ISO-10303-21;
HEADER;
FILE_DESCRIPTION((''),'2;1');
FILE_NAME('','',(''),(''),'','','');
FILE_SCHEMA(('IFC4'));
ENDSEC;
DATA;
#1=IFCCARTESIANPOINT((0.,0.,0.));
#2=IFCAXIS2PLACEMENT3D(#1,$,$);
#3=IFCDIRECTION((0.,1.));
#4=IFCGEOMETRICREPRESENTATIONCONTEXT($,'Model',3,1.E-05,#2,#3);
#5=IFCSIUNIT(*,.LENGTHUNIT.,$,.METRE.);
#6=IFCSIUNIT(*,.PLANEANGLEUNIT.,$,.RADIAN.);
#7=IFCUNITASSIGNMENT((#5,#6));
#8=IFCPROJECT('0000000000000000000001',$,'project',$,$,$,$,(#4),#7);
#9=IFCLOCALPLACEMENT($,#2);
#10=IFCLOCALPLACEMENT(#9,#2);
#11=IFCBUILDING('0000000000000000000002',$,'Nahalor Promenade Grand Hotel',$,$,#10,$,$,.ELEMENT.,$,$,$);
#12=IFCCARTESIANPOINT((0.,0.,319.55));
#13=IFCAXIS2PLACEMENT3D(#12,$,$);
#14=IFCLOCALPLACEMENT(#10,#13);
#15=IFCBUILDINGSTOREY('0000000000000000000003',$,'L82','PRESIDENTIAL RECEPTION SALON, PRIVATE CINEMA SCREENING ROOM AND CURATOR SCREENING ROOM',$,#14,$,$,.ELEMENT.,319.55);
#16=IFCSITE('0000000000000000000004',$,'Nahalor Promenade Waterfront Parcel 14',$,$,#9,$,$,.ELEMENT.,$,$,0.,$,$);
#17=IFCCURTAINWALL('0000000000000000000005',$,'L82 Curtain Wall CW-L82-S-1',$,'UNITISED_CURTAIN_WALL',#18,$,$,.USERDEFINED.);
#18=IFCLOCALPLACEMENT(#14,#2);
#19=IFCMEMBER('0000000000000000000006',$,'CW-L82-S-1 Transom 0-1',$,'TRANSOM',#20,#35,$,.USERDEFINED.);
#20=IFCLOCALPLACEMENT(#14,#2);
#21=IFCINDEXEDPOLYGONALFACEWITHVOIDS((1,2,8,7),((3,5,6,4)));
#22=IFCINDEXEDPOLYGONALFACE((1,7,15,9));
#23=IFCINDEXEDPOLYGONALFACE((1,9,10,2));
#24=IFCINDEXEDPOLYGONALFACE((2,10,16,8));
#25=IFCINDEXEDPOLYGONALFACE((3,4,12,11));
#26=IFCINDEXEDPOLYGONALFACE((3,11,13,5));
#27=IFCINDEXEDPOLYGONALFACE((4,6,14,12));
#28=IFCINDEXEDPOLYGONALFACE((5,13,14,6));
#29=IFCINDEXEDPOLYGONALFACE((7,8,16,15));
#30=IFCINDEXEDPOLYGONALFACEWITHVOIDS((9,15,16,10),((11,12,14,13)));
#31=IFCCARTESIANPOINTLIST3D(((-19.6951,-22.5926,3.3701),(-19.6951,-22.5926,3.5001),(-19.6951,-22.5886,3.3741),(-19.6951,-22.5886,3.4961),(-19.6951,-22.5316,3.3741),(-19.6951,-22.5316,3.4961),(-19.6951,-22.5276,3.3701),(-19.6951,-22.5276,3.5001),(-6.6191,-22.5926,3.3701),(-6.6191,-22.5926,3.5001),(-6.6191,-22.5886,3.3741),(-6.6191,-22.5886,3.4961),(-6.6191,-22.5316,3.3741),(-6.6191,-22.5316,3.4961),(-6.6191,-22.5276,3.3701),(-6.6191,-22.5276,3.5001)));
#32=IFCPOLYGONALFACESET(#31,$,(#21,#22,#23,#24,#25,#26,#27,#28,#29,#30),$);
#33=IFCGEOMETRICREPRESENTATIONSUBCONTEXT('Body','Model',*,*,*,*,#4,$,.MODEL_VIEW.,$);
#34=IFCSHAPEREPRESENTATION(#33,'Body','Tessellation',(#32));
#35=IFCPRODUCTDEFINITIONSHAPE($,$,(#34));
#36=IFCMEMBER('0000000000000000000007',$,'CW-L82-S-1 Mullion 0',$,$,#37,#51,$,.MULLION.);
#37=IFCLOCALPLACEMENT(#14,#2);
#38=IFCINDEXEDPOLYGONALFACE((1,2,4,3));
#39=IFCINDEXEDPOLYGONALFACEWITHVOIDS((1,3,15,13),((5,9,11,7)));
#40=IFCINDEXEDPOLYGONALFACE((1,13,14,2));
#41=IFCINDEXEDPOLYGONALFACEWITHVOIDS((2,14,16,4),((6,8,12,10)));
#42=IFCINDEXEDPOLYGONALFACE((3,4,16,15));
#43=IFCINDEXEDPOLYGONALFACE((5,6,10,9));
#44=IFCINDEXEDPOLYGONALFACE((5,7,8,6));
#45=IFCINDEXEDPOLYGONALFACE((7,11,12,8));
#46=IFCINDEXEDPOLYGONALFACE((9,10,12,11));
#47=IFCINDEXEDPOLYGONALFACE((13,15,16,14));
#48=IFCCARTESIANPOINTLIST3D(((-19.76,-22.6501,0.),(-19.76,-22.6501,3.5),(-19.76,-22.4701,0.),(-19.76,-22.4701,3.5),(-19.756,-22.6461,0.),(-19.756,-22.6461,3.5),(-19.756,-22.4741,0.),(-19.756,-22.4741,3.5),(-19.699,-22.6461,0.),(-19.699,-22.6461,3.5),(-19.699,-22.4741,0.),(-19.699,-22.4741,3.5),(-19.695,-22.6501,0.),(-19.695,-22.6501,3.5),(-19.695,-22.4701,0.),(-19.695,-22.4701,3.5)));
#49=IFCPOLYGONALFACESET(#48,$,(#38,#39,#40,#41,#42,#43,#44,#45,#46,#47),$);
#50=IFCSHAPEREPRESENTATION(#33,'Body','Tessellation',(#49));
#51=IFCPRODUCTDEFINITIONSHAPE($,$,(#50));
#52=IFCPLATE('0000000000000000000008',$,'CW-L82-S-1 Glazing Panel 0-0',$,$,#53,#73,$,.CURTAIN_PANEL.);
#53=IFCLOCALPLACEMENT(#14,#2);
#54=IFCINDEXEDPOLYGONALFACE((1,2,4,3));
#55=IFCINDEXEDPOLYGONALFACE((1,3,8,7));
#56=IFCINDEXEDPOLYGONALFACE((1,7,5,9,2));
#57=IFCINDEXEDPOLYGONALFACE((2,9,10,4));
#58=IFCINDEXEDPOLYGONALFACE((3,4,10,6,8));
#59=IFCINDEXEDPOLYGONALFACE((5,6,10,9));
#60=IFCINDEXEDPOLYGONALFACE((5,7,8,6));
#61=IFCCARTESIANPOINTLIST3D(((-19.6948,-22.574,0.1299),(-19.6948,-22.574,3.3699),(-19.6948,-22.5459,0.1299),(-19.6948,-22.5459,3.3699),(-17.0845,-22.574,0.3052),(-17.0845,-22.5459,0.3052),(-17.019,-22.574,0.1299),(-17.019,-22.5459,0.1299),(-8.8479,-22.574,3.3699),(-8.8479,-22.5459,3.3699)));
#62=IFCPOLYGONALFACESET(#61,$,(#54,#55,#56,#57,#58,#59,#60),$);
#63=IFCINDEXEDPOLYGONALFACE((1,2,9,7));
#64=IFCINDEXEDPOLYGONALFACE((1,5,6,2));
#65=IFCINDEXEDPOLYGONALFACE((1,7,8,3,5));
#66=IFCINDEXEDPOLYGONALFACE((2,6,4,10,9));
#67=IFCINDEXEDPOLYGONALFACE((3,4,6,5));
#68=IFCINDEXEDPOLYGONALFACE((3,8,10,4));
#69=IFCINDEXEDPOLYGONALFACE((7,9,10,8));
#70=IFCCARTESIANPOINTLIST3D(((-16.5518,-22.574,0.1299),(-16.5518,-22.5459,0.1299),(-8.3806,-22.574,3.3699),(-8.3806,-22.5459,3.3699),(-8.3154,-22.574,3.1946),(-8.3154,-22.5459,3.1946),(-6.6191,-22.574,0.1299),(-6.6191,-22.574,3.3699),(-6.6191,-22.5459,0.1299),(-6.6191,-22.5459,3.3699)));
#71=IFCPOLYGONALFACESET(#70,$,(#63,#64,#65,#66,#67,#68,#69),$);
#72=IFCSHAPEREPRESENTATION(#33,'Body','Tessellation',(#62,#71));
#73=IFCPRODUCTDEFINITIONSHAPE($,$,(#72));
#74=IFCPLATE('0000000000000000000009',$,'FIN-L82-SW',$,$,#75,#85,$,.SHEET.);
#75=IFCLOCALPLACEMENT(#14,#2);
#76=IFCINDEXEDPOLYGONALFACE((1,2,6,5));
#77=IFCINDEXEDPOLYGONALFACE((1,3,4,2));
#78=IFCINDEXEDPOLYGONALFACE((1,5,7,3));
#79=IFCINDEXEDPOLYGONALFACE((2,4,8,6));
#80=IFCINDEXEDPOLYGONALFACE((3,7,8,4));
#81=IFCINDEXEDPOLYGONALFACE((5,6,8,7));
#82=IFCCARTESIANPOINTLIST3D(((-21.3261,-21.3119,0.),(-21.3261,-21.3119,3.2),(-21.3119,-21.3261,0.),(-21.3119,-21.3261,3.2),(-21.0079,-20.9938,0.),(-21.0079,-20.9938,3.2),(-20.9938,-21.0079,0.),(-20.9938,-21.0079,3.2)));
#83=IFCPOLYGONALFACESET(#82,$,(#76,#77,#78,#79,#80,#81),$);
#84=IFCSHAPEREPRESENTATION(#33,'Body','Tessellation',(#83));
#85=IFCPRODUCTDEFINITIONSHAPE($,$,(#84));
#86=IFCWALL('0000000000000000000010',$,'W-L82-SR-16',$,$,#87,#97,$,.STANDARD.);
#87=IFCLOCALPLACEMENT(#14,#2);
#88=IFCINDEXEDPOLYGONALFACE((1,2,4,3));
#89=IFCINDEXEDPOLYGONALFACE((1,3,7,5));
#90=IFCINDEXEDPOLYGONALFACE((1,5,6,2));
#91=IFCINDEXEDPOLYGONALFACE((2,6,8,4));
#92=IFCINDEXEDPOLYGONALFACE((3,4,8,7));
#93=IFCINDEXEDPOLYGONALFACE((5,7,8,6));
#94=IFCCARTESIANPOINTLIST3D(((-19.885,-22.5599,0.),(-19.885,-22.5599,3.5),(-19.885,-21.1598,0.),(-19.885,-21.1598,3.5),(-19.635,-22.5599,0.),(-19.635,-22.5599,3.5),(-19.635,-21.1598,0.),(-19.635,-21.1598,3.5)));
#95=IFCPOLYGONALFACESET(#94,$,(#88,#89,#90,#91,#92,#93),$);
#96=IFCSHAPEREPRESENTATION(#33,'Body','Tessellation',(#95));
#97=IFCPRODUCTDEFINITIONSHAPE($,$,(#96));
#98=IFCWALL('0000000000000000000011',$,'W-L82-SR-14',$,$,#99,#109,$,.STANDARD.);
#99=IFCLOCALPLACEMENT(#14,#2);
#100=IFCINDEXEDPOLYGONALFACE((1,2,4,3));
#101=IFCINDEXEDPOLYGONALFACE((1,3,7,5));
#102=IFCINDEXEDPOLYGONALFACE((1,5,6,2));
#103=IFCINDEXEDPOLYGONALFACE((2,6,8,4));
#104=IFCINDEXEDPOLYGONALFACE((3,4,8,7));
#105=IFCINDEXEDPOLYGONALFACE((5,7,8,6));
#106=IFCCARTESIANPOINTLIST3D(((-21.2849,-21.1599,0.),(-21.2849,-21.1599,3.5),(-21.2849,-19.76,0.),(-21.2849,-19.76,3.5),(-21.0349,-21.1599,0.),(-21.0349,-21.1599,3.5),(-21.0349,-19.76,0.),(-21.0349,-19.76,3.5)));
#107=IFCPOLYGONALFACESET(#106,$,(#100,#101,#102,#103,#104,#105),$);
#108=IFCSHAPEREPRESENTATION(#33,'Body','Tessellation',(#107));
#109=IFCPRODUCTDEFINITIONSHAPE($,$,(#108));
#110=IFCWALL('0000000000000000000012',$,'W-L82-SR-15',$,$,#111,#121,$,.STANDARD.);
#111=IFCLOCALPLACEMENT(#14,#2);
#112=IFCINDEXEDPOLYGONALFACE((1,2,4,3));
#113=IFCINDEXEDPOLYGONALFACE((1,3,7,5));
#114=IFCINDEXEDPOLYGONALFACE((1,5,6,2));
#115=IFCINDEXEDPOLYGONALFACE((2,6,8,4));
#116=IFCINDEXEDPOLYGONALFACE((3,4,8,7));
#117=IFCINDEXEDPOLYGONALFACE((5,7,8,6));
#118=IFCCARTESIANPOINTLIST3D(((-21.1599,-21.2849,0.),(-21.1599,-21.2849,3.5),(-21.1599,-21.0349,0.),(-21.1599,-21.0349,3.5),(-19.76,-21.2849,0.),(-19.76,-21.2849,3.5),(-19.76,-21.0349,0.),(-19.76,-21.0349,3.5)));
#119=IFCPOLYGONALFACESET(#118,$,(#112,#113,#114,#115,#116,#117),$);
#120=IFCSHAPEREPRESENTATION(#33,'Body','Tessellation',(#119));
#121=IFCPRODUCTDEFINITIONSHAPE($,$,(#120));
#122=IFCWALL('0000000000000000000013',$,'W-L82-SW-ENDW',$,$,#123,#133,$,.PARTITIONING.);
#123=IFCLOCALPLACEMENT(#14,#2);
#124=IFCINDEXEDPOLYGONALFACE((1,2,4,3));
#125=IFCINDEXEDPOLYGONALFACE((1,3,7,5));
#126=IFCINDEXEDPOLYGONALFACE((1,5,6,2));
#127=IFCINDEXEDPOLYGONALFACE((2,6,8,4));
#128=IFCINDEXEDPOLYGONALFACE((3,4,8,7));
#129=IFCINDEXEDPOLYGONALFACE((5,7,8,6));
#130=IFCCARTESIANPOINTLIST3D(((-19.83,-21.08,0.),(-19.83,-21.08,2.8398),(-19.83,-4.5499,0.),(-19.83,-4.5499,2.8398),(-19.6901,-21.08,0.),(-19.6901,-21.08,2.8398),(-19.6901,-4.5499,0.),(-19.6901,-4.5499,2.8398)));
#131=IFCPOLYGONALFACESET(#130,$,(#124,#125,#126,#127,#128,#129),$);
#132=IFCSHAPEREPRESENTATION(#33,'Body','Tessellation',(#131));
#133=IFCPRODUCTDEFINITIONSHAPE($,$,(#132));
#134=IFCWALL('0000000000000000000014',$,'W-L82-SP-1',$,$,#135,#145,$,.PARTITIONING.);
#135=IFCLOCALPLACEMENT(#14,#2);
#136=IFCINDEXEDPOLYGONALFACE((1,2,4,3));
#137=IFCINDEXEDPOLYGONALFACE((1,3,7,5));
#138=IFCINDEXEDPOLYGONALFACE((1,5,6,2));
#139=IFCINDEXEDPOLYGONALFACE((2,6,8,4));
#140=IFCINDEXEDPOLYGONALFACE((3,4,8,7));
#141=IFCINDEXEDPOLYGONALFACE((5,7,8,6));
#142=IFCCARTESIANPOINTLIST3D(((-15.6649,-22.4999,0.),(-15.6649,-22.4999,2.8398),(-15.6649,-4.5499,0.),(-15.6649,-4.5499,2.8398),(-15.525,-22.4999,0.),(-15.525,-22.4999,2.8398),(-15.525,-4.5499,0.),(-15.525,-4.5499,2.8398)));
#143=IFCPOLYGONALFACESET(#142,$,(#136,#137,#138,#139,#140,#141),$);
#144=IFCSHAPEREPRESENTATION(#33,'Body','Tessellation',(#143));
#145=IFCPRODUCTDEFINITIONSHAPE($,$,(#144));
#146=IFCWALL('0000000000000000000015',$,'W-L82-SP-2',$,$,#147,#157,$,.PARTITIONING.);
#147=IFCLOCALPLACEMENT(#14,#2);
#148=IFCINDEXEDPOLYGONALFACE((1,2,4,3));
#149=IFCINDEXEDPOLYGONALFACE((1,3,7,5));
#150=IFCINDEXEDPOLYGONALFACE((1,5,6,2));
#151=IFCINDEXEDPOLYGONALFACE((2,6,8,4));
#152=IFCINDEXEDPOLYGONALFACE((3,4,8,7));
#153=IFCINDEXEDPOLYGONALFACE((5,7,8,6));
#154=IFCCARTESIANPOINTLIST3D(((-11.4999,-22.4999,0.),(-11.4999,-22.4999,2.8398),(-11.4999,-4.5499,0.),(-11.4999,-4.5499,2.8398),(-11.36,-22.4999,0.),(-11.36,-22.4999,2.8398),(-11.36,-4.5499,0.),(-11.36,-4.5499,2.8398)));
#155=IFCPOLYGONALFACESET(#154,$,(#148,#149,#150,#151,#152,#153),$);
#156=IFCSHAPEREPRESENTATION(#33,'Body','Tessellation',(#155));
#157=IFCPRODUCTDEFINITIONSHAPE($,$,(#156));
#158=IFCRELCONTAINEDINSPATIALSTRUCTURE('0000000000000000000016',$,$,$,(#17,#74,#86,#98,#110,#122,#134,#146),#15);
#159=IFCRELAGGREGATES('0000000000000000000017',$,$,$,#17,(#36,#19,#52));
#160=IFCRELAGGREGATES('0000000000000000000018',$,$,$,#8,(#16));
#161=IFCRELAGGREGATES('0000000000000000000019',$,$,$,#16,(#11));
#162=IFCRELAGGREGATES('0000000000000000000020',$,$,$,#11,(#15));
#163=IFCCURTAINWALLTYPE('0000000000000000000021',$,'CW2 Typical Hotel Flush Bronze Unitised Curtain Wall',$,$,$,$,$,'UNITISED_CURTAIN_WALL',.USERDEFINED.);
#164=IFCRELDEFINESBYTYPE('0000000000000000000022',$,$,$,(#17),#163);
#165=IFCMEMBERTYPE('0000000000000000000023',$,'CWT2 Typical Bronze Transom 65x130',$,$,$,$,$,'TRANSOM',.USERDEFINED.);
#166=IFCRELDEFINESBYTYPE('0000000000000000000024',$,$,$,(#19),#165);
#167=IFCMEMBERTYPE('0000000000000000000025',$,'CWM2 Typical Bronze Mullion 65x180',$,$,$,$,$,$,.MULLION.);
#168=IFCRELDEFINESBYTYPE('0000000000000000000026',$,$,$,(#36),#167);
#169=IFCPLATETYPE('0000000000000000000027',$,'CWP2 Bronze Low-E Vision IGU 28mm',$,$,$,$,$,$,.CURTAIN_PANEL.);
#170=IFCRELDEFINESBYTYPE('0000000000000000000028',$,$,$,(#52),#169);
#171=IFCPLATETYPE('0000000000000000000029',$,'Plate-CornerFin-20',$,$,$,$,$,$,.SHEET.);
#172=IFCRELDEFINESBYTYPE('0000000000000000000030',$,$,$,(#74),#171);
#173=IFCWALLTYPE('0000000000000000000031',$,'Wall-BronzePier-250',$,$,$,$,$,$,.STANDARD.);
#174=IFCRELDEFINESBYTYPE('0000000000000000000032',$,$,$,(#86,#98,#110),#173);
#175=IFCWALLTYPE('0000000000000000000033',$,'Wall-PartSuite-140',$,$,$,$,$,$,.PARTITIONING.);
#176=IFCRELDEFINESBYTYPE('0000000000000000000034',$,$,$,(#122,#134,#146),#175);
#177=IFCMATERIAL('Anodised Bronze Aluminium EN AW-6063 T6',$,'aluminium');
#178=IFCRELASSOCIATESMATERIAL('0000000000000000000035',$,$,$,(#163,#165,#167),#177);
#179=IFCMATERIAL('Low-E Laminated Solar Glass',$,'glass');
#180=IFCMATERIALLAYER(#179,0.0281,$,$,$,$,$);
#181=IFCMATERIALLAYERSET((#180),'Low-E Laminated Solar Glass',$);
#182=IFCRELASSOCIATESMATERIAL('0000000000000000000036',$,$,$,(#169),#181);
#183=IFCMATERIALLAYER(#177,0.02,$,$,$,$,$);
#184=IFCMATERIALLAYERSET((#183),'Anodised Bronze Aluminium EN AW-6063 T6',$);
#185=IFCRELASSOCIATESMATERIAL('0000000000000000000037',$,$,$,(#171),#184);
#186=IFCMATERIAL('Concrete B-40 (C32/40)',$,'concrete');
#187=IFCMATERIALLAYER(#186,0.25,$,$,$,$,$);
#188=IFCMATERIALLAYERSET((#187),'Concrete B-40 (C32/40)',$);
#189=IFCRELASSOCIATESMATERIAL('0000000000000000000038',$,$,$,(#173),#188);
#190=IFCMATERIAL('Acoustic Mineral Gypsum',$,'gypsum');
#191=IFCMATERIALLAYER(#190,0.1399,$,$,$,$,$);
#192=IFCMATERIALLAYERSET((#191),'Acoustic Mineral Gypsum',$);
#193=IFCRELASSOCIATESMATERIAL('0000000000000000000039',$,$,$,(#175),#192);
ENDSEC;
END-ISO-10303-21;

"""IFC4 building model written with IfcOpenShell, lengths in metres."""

from ifc_helpers import new_model, si_unit, direction, frame, frame_2d, origin, origin_2d, place, context, subcontext, project, spatial, polyline, rectangle, hollow_rectangle, outline, extrude, source, transform, mapped, material, layer, layer_set, material_profile, profile_set, type_object, element, aggregate, save


model = new_model("IFC4")

# Units and contexts
model_context = context("Model", 3, precision=1e-05, world=origin(), true_north=direction((0.0, 1.0)))
body_context = subcontext(model_context, "Body", "Model", "MODEL_VIEW")
ifc_project = project(units=[si_unit("LENGTHUNIT", "METRE"), si_unit("PLANEANGLEUNIT", "RADIAN")], contexts=[model_context])

# Site, building, storey
site_placement = place(None, origin())
site = spatial("IfcSite", under=ifc_project, at=site_placement, Name="Nahalor Promenade Waterfront Parcel 14", CompositionType="ELEMENT", RefElevation=0.0)
building_placement = place(site_placement, origin())
building = spatial("IfcBuilding", under=site, at=building_placement, Name="Nahalor Promenade Grand Hotel", CompositionType="ELEMENT")
storey_placement = place(building_placement, frame((0.0, 0.0, 319.55)))
storey = spatial("IfcBuildingStorey", under=building, at=storey_placement, Name="L82", Description="PRESIDENTIAL RECEPTION SALON, PRIVATE CINEMA SCREENING ROOM AND CURATOR SCREENING ROOM", CompositionType="ELEMENT", Elevation=319.55)

# Curtain wall, members, plate
ifc_material_1 = material(Name="Anodised Bronze Aluminium EN AW-6063 T6", Category="aluminium")
curtain_wall_type = type_object("IfcCurtainWallType", Name="CW2 Typical Hotel Flush Bronze Unitised Curtain Wall", ElementType="UNITISED_CURTAIN_WALL", PredefinedType="USERDEFINED", material=ifc_material_1)
curtain_wall_placement = place(storey_placement, origin())
curtain_wall = element("IfcCurtainWall", 1, at=curtain_wall_placement, inside=storey, type_object=curtain_wall_type, Name="L82 Curtain Wall CW-L82-S-1", ObjectType="UNITISED_CURTAIN_WALL", PredefinedType="USERDEFINED")
ifc_material_profile_1 = material_profile(ifc_material_1, hollow_rectangle(XDim=0.065, YDim=0.13, WallThickness=0.004, at=origin_2d()), Name="CWT 65x130x4")
ifc_profile_set_1 = profile_set([ifc_material_profile_1], Name="Anodised Bronze Aluminium EN AW-6063 T6")
member_type_1 = type_object("IfcMemberType", Name="CWT2 Typical Bronze Transom 65x130", ElementType="TRANSOM", PredefinedType="USERDEFINED", material=ifc_profile_set_1)
shared_shape_1 = source(origin(), body_context, "Body", "SweptSolid", [
    extrude(hollow_rectangle(XDim=0.065, YDim=0.13, WallThickness=0.004, at=origin_2d()), origin(), (0.0, 0.0, 1.0), 13.0759),
])
member_1_placement = place(storey_placement, frame((-19.6951, -22.5601, 3.4351), z_axis=(1.0, 0.0, 0.0), x_axis=(0.0, 1.0, 0.0)))
member_1 = element("IfcMember", 2, at=member_1_placement, type_object=member_type_1, Name="CW-L82-S-1 Transom 0-1", ObjectType="TRANSOM", PredefinedType="USERDEFINED", context=body_context, shape_type="MappedRepresentation", body=[
    mapped(shared_shape_1, transform((0.0, 0.0, 0.0), scale=1.0)),
])
ifc_material_profile_2 = material_profile(ifc_material_1, hollow_rectangle(XDim=0.065, YDim=0.18, WallThickness=0.004, at=origin_2d()), Name="CWM 65x180x4")
ifc_profile_set_2 = profile_set([ifc_material_profile_2], Name="Anodised Bronze Aluminium EN AW-6063 T6")
member_type_2 = type_object("IfcMemberType", Name="CWM2 Typical Bronze Mullion 65x180", PredefinedType="MULLION", material=ifc_profile_set_2)
shared_shape_2 = source(origin(), body_context, "Body", "SweptSolid", [
    extrude(hollow_rectangle(XDim=0.065, YDim=0.18, WallThickness=0.004, at=origin_2d()), origin(), (0.0, 0.0, 1.0), 3.5),
])
member_2_placement = place(storey_placement, frame((-19.7275, -22.5601, 0.0), z_axis=(0.0, 0.0, 1.0), x_axis=(1.0, 0.0, 0.0)))
member_2 = element("IfcMember", 3, at=member_2_placement, type_object=member_type_2, Name="CW-L82-S-1 Mullion 0", PredefinedType="MULLION", context=body_context, shape_type="MappedRepresentation", body=[
    mapped(shared_shape_2, transform((0.0, 0.0, 0.0), scale=1.0)),
])
ifc_material_2 = material(Name="Low-E Laminated Solar Glass", Category="glass")
ifc_layer_1 = layer(ifc_material_2, 0.0281)
ifc_layer_set_1 = layer_set([ifc_layer_1], Name="Low-E Laminated Solar Glass")
plate_type_1 = type_object("IfcPlateType", Name="CWP2 Bronze Low-E Vision IGU 28mm", PredefinedType="CURTAIN_PANEL", material=ifc_layer_set_1)
plate_1_placement = place(storey_placement, frame((-13.157, -22.5601, 0.1299), z_axis=(0.0, 0.0, 1.0), x_axis=(1.0, 0.0, 0.0)))
plate_1 = element("IfcPlate", 4, at=plate_1_placement, type_object=plate_type_1, Name="CW-L82-S-1 Glazing Panel 0-0", PredefinedType="CURTAIN_PANEL", context=body_context, shape_type="SweptSolid", body=[
    extrude(outline(polyline([(-6.5378, 3.24), (-6.5378, 0.0), (-3.8621, 0.0), (-3.9275, 0.1753), (4.3091, 3.24), (-6.5378, 3.24)])), frame((0.0, 0.0142, 0.0), z_axis=(0.0, -1.0, 0.0), x_axis=(1.0, 0.0, 0.0)), (0.0, 0.0, 1.0), 0.0281),
    extrude(outline(polyline([(6.5378, 0.0), (6.5378, 3.24), (4.7764, 3.24), (4.8416, 3.0647), (-3.3948, 0.0), (6.5378, 0.0)])), frame((0.0, 0.0142, 0.0), z_axis=(0.0, -1.0, 0.0), x_axis=(1.0, 0.0, 0.0)), (0.0, 0.0, 1.0), 0.0281),
])
aggregate(curtain_wall, [member_2, member_1, plate_1])

# Plate
ifc_layer_2 = layer(ifc_material_1, 0.02)
ifc_layer_set_2 = layer_set([ifc_layer_2], Name="Anodised Bronze Aluminium EN AW-6063 T6")
plate_type_2 = type_object("IfcPlateType", Name="Plate-CornerFin-20", PredefinedType="SHEET", material=ifc_layer_set_2)
shared_shape_3 = source(origin(), body_context, "Body", "SweptSolid", [
    extrude(rectangle(XDim=0.45, YDim=0.02, at=origin_2d()), origin(), (0.0, 0.0, 1.0), 3.2),
])
plate_2_placement = place(storey_placement, frame((-21.1599, -21.1599, 0.0), z_axis=(0.0, 0.0, 1.0), x_axis=(0.707107, 0.707107, 0.0)))
element("IfcPlate", 5, at=plate_2_placement, inside=storey, type_object=plate_type_2, Name="FIN-L82-SW", PredefinedType="SHEET", context=body_context, shape_type="MappedRepresentation", body=[
    mapped(shared_shape_3, transform((0.0, 0.0, 0.0), scale=1.0)),
])

# Walls
ifc_material_3 = material(Name="Concrete B-40 (C32/40)", Category="concrete")
ifc_layer_3 = layer(ifc_material_3, 0.25)
ifc_layer_set_3 = layer_set([ifc_layer_3], Name="Concrete B-40 (C32/40)")
wall_type_1 = type_object("IfcWallType", Name="Wall-BronzePier-250", PredefinedType="STANDARD", material=ifc_layer_set_3)
shared_shape_4 = source(origin(), body_context, "Body", "SweptSolid", [
    extrude(rectangle(XDim=1.4001, YDim=0.25, at=frame_2d((0.7002, 0.0))), origin(), (0.0, 0.0, 1.0), 3.5),
])
wall_1_placement = place(storey_placement, frame((-19.76, -22.5601, 0.0), z_axis=(0.0, 0.0, 1.0), x_axis=(0.0, 1.0, 0.0)))
element("IfcWall", 6, at=wall_1_placement, inside=storey, type_object=wall_type_1, Name="W-L82-SR-16", PredefinedType="STANDARD", context=body_context, shape_type="MappedRepresentation", body=[
    mapped(shared_shape_4, transform((0.0, 0.0, 0.0), scale=1.0)),
])
shared_shape_5 = source(origin(), body_context, "Body", "SweptSolid", [
    extrude(rectangle(XDim=1.3999, YDim=0.25, at=frame_2d((0.7, 0.0))), origin(), (0.0, 0.0, 1.0), 3.5),
])
for number, where, z_axis, x_axis, name in (
    (7, (-21.1599, -21.1599, 0.0), (0.0, 0.0, 1.0), (0.0, 1.0, 0.0), "W-L82-SR-14"),
    (8, (-21.1599, -21.1599, 0.0), (0.0, 0.0, 1.0), (1.0, 0.0, 0.0), "W-L82-SR-15"),
):
    element("IfcWall", number, at=place(storey_placement, frame(where, z_axis=z_axis, x_axis=x_axis)), inside=storey, type_object=wall_type_1, Name=name, PredefinedType="STANDARD", context=body_context, shape_type="MappedRepresentation", body=[
        mapped(shared_shape_5, transform((0.0, 0.0, 0.0), scale=1.0)),
    ])
ifc_material_4 = material(Name="Acoustic Mineral Gypsum", Category="gypsum")
ifc_layer_4 = layer(ifc_material_4, 0.1399)
ifc_layer_set_4 = layer_set([ifc_layer_4], Name="Acoustic Mineral Gypsum")
wall_type_2 = type_object("IfcWallType", Name="Wall-PartSuite-140", PredefinedType="PARTITIONING", material=ifc_layer_set_4)
shared_shape_6 = source(origin(), body_context, "Body", "SweptSolid", [
    extrude(rectangle(XDim=16.53, YDim=0.1399, at=frame_2d((8.2651, 0.0))), origin(), (0.0, 0.0, 1.0), 2.8398),
])
wall_2_placement = place(storey_placement, frame((-19.76, -21.0801, 0.0), z_axis=(0.0, 0.0, 1.0), x_axis=(0.0, 1.0, 0.0)))
element("IfcWall", 9, at=wall_2_placement, inside=storey, type_object=wall_type_2, Name="W-L82-SW-ENDW", PredefinedType="PARTITIONING", context=body_context, shape_type="MappedRepresentation", body=[
    mapped(shared_shape_6, transform((0.0, 0.0, 0.0), scale=1.0)),
])
shared_shape_7 = source(origin(), body_context, "Body", "SweptSolid", [
    extrude(rectangle(XDim=17.95, YDim=0.1399, at=frame_2d((8.9751, 0.0))), origin(), (0.0, 0.0, 1.0), 2.8398),
])
for number, where, z_axis, x_axis, name in (
    (10, (-15.595, -22.5, 0.0), (0.0, 0.0, 1.0), (0.0, 1.0, 0.0), "W-L82-SP-1"),
    (11, (-11.4299, -22.5, 0.0), (0.0, 0.0, 1.0), (0.0, 1.0, 0.0), "W-L82-SP-2"),
):
    element("IfcWall", number, at=place(storey_placement, frame(where, z_axis=z_axis, x_axis=x_axis)), inside=storey, type_object=wall_type_2, Name=name, PredefinedType="PARTITIONING", context=body_context, shape_type="MappedRepresentation", body=[
        mapped(shared_shape_7, transform((0.0, 0.0, 0.0), scale=1.0)),
    ])

save(model, "model.ifc")
